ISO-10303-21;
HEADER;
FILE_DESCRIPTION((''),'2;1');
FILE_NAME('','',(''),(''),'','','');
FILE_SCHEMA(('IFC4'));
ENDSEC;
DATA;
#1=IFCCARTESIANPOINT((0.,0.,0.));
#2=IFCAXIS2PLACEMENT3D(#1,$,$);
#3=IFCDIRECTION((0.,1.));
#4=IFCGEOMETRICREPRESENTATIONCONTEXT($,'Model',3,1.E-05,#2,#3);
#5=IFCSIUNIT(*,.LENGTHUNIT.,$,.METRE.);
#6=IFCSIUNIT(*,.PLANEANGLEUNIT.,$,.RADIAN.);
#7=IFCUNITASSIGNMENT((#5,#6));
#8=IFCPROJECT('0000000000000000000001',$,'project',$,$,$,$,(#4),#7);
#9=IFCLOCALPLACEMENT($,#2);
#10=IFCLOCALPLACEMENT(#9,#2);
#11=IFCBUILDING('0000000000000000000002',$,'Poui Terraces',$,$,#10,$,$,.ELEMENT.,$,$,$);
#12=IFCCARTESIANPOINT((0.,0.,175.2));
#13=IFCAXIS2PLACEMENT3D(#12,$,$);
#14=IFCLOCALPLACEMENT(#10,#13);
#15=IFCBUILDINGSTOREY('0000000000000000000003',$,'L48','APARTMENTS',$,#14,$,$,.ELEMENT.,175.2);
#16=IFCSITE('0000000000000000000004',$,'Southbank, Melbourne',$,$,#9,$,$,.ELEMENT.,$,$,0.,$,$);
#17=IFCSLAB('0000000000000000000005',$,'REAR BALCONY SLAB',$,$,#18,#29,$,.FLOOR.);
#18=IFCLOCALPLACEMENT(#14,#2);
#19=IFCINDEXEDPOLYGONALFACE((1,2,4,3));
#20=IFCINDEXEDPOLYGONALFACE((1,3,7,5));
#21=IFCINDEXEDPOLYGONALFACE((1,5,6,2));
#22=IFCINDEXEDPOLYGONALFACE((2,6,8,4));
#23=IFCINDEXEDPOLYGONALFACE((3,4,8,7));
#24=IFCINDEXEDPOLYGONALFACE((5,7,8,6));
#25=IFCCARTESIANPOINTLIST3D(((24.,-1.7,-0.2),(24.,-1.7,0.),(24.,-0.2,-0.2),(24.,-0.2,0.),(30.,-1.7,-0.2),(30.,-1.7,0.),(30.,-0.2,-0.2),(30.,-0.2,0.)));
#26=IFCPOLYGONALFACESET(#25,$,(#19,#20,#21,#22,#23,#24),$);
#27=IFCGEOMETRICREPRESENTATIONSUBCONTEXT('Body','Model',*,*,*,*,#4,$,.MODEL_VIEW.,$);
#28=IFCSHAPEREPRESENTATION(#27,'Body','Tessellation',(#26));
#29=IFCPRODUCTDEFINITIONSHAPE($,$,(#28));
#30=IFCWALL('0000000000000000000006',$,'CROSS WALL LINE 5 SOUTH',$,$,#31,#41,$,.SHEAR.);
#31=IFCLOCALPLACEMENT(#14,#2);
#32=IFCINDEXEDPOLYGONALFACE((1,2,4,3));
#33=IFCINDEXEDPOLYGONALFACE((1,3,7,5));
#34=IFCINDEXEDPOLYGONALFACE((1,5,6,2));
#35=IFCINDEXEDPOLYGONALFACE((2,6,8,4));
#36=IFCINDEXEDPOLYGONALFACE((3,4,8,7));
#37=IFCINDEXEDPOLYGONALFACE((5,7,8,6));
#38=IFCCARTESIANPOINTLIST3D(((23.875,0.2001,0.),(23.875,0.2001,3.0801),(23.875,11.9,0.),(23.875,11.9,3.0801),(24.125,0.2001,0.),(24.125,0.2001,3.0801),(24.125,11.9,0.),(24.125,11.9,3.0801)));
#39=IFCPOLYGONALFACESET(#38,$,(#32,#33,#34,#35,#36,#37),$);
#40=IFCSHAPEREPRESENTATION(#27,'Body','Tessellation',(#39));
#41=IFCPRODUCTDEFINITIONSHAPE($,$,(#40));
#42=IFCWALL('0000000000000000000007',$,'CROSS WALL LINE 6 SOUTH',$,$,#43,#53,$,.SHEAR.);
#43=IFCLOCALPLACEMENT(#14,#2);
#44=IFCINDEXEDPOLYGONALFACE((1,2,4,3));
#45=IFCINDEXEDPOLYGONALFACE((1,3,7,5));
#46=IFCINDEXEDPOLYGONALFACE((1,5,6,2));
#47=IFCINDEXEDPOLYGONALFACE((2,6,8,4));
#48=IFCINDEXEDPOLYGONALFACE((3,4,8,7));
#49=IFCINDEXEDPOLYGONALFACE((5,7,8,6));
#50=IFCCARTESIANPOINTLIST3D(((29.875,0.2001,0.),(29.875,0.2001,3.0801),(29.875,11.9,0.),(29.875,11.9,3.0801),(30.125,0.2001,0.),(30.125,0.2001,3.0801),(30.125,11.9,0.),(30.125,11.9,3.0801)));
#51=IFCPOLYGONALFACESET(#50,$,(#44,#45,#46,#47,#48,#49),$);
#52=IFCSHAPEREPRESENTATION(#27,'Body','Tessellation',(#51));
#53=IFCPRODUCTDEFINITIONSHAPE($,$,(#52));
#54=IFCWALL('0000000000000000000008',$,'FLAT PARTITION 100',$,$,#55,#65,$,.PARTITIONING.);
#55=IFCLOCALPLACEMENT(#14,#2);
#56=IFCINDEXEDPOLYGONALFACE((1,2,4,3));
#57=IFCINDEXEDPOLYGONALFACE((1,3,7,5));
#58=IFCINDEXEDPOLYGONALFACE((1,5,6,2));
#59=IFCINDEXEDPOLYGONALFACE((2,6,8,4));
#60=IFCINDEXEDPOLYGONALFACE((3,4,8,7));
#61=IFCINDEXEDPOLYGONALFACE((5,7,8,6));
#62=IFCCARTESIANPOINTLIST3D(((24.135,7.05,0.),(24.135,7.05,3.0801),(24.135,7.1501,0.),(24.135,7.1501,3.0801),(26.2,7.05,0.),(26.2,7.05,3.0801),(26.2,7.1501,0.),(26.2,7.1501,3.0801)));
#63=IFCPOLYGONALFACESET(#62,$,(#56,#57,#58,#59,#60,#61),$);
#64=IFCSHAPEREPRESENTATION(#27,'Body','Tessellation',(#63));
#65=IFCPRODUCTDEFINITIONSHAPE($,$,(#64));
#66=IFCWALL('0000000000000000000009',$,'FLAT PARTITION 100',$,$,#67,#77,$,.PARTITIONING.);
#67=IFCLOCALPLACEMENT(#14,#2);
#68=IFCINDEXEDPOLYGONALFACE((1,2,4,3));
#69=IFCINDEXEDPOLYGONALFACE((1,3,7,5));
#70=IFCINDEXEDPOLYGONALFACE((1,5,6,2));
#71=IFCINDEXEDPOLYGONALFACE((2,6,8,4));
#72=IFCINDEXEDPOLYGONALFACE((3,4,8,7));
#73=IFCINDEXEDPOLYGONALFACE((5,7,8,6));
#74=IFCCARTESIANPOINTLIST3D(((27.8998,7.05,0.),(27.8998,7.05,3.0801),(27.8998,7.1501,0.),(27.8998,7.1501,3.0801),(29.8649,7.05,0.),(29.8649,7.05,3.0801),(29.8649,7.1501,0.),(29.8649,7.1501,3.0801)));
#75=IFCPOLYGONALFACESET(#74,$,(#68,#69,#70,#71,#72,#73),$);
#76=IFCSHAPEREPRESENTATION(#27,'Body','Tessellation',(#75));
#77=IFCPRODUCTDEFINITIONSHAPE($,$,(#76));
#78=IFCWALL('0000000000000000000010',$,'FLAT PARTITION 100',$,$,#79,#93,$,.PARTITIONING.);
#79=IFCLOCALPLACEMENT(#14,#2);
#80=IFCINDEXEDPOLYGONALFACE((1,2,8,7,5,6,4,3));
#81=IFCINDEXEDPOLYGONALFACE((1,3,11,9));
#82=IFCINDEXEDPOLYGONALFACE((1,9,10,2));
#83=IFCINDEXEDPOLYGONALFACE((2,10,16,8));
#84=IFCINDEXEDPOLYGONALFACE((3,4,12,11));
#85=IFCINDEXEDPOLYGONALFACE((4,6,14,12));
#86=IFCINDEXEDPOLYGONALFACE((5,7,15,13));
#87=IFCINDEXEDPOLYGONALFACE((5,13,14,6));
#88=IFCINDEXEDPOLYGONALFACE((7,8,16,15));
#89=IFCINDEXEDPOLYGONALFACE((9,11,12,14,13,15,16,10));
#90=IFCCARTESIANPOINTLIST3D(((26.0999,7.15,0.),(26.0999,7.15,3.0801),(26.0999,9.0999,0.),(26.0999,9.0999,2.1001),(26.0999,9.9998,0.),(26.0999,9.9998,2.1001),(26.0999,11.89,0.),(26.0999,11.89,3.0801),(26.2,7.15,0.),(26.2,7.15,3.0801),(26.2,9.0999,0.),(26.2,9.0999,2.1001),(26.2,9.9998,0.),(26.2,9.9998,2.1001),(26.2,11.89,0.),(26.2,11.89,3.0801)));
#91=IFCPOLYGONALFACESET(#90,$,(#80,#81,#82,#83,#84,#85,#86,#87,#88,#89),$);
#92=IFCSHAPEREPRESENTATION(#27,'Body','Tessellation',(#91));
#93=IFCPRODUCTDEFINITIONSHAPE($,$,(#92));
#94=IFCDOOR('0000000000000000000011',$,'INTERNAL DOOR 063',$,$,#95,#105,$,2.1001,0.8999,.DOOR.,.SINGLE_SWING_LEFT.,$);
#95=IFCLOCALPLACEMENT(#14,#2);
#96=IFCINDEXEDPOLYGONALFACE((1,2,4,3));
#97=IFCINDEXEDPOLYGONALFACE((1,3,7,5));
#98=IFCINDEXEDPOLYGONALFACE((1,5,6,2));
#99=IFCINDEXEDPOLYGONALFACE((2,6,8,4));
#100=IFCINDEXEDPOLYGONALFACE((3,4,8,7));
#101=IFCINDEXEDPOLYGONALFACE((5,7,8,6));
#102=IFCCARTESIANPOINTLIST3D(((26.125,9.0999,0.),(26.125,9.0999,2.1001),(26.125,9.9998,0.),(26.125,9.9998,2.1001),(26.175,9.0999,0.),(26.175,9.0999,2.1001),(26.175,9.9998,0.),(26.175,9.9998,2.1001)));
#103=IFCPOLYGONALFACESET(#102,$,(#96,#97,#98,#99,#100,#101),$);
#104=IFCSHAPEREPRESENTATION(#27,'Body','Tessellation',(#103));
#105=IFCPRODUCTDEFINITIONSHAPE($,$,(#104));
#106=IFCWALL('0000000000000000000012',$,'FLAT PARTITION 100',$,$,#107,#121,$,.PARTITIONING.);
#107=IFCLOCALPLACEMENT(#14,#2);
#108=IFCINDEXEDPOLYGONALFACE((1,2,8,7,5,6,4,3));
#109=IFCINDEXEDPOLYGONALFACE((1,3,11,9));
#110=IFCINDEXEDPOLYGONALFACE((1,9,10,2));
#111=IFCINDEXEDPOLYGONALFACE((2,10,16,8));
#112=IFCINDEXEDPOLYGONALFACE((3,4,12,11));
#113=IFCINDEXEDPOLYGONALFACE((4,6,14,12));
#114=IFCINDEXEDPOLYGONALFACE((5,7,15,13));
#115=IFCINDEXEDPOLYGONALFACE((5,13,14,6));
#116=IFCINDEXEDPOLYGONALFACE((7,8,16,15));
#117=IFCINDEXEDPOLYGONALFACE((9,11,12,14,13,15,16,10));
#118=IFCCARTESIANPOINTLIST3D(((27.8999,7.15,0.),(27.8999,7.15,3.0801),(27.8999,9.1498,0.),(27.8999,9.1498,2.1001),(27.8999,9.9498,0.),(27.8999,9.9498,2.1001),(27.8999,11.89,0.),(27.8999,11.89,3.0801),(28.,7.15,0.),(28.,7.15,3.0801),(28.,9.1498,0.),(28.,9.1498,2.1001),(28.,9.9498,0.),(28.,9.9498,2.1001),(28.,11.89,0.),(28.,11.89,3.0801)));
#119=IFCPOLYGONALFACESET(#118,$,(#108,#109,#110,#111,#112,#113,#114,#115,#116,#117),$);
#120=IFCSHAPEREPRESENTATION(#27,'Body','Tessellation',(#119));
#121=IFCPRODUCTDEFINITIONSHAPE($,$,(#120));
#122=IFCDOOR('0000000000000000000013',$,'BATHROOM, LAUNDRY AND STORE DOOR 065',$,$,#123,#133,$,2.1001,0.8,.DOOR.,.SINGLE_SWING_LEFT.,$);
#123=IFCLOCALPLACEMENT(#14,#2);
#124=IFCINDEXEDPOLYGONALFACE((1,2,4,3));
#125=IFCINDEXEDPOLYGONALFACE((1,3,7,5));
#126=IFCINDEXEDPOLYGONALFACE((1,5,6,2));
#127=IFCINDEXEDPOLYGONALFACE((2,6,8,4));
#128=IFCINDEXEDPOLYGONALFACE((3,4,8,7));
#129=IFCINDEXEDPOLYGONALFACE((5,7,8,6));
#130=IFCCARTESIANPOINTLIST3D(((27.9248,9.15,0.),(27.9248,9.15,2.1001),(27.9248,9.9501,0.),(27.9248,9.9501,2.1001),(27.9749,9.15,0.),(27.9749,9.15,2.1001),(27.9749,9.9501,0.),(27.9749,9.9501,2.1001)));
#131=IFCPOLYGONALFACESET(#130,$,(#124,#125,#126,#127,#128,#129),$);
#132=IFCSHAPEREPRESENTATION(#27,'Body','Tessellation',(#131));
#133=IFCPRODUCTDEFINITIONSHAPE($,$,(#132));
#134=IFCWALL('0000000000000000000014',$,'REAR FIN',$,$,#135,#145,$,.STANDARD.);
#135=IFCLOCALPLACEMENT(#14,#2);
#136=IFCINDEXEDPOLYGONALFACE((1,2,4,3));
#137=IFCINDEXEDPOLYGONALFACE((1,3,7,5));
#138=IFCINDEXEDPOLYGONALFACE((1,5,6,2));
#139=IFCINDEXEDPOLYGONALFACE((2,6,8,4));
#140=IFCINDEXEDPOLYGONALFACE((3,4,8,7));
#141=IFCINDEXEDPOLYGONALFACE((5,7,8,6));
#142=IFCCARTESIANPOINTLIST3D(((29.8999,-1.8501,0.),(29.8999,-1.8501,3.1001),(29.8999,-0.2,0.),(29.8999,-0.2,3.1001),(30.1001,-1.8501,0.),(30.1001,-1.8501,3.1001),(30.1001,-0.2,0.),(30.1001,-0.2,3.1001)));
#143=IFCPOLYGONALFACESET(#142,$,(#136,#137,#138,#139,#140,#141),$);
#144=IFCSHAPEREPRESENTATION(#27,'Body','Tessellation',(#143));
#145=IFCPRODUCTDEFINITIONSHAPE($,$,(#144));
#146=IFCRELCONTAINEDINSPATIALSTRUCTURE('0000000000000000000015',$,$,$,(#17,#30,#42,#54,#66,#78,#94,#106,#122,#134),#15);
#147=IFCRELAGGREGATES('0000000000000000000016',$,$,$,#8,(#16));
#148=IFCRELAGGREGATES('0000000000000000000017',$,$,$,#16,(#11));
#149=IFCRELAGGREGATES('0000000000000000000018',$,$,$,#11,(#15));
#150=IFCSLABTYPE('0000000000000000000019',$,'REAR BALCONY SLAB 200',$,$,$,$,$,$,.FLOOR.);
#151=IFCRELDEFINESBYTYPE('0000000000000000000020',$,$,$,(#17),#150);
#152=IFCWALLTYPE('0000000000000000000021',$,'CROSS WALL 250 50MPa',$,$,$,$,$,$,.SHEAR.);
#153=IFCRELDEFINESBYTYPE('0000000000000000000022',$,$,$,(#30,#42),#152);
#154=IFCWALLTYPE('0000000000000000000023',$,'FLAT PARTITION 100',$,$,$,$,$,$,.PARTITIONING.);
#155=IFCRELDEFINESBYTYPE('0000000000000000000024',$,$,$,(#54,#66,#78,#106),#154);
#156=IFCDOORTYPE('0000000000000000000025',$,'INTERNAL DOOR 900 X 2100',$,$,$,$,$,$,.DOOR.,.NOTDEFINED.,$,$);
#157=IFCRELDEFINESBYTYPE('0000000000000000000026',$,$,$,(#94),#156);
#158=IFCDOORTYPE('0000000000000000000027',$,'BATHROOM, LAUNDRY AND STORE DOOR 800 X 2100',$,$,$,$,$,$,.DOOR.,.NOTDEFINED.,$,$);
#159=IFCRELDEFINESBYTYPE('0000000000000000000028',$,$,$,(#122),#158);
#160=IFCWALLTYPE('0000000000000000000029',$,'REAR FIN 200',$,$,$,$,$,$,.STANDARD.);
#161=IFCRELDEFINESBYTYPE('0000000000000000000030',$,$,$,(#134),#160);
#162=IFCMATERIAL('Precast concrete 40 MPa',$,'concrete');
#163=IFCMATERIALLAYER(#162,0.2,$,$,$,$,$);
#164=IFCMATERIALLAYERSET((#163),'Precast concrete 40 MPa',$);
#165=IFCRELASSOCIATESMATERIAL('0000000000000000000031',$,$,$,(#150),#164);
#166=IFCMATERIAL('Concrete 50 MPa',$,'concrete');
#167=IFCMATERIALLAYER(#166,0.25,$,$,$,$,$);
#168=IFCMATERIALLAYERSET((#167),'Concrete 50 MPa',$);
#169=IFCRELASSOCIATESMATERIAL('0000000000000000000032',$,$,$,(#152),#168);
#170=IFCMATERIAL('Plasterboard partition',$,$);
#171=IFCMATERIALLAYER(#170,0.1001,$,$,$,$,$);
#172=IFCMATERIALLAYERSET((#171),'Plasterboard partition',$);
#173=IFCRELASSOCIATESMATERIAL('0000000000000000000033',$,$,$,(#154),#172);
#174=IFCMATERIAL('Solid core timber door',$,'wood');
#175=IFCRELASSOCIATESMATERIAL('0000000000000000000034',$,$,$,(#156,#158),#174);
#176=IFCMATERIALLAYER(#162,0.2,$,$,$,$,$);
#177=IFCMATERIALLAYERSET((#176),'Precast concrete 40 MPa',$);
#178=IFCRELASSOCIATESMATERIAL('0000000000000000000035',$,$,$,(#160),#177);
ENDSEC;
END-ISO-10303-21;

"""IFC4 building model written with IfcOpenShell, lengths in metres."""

from ifc_helpers import new_model, si_unit, direction, frame, frame_2d, origin, place, context, subcontext, project, spatial, polyline, rectangle, outline, extrude, source, transform, mapped, material, layer, layer_set, type_object, element, fill, save


model = new_model("IFC4")

# Units and contexts
model_context = context("Model", 3, precision=1e-05, world=origin(), true_north=direction((0.0, 1.0)))
body_context = subcontext(model_context, "Body", "Model", "MODEL_VIEW")
ifc_project = project(units=[si_unit("LENGTHUNIT", "METRE"), si_unit("PLANEANGLEUNIT", "RADIAN")], contexts=[model_context])

# Site, building, storey
site_placement = place(None, origin())
site = spatial("IfcSite", under=ifc_project, at=site_placement, Name="Southbank, Melbourne", CompositionType="ELEMENT", RefElevation=0.0)
building_placement = place(site_placement, origin())
building = spatial("IfcBuilding", under=site, at=building_placement, Name="Poui Terraces", CompositionType="ELEMENT")
storey_placement = place(building_placement, frame((0.0, 0.0, 175.2)))
storey = spatial("IfcBuildingStorey", under=building, at=storey_placement, Name="L48", Description="APARTMENTS", CompositionType="ELEMENT", Elevation=175.2)

# Slab
ifc_material_1 = material(Name="Precast concrete 40 MPa", Category="concrete")
ifc_layer_1 = layer(ifc_material_1, 0.2)
ifc_layer_set_1 = layer_set([ifc_layer_1], Name="Precast concrete 40 MPa")
slab_type = type_object("IfcSlabType", Name="REAR BALCONY SLAB 200", PredefinedType="FLOOR", material=ifc_layer_set_1)
shared_shape_1 = source(origin(), body_context, "Body", "SweptSolid", [
    extrude(outline(polyline([(0.0, 0.0), (6.0, 0.0), (6.0, 1.5), (0.0, 1.5), (0.0, 0.0)])), origin(), (0.0, 0.0, 1.0), 0.2),
])
slab_placement = place(storey_placement, frame((24.0, -1.7, -0.2)))
element("IfcSlab", 1, at=slab_placement, inside=storey, type_object=slab_type, Name="REAR BALCONY SLAB", PredefinedType="FLOOR", context=body_context, shape_type="MappedRepresentation", body=[
    mapped(shared_shape_1, transform((0.0, 0.0, 0.0))),
])

# Walls
ifc_material_2 = material(Name="Concrete 50 MPa", Category="concrete")
ifc_layer_2 = layer(ifc_material_2, 0.25)
ifc_layer_set_2 = layer_set([ifc_layer_2], Name="Concrete 50 MPa")
wall_type_1 = type_object("IfcWallType", Name="CROSS WALL 250 50MPa", PredefinedType="SHEAR", material=ifc_layer_set_2)
for number, where, z_axis, x_axis, name in (
    (2, (24.0, 0.2, 0.0), (0.0, 0.0, 1.0), (0.0, 1.0, 0.0), "CROSS WALL LINE 5 SOUTH"),
    (3, (30.0, 0.2, 0.0), (0.0, 0.0, 1.0), (0.0, 1.0, 0.0), "CROSS WALL LINE 6 SOUTH"),
):
    element("IfcWall", number, at=place(storey_placement, frame(where, z_axis=z_axis, x_axis=x_axis)), inside=storey, type_object=wall_type_1, Name=name, PredefinedType="SHEAR", context=body_context, shape_type="SweptSolid", body=[
        extrude(rectangle(XDim=11.7, YDim=0.25, at=frame_2d((5.8501, 0.0))), origin(), (0.0, 0.0, 1.0), 3.0801),
    ])
ifc_material_3 = material(Name="Plasterboard partition")
ifc_layer_3 = layer(ifc_material_3, 0.1001)
ifc_layer_set_3 = layer_set([ifc_layer_3], Name="Plasterboard partition")
wall_type_2 = type_object("IfcWallType", Name="FLAT PARTITION 100", PredefinedType="PARTITIONING", material=ifc_layer_set_3)
wall_1_placement = place(storey_placement, frame((24.135, 7.1001, 0.0), z_axis=(0.0, 0.0, 1.0), x_axis=(1.0, 0.0, 0.0)))
element("IfcWall", 4, at=wall_1_placement, inside=storey, type_object=wall_type_2, Name="FLAT PARTITION 100", PredefinedType="PARTITIONING", context=body_context, shape_type="SweptSolid", body=[
    extrude(rectangle(XDim=2.0649, YDim=0.1001, at=frame_2d((1.0325, 0.0))), origin(), (0.0, 0.0, 1.0), 3.0801),
])
wall_2_placement = place(storey_placement, frame((27.8999, 7.1001, 0.0), z_axis=(0.0, 0.0, 1.0), x_axis=(1.0, 0.0, 0.0)))
element("IfcWall", 5, at=wall_2_placement, inside=storey, type_object=wall_type_2, Name="FLAT PARTITION 100", PredefinedType="PARTITIONING", context=body_context, shape_type="SweptSolid", body=[
    extrude(rectangle(XDim=1.9651, YDim=0.1001, at=frame_2d((0.9824, 0.0))), origin(), (0.0, 0.0, 1.0), 3.0801),
])

# Walls, openings, doors
wall_3_placement = place(storey_placement, frame((26.1499, 7.1499, 0.0), z_axis=(0.0, 0.0, 1.0), x_axis=(0.0, 1.0, 0.0)))
wall_3 = element("IfcWall", 6, at=wall_3_placement, inside=storey, type_object=wall_type_2, Name="FLAT PARTITION 100", PredefinedType="PARTITIONING", context=body_context, shape_type="SweptSolid", body=[
    extrude(rectangle(XDim=4.74, YDim=0.1001, at=frame_2d((2.3701, 0.0))), origin(), (0.0, 0.0, 1.0), 3.0801),
])
opening_1_placement = place(wall_3_placement, frame((1.95, 0.0, 0.0)))
opening_1 = element("IfcOpeningElement", 7, at=opening_1_placement, cuts=wall_3, PredefinedType="OPENING", context=body_context, shape_type="SweptSolid", body=[
    extrude(rectangle(XDim=0.8999, YDim=2.1001, at=frame_2d((0.45, 1.05))), frame((0.0, 0.0601, 0.0), z_axis=(0.0, -1.0, 0.0), x_axis=(1.0, 0.0, 0.0)), (0.0, 0.0, 1.0), 0.1201),
])
ifc_material_4 = material(Name="Solid core timber door", Category="wood")
door_type_1 = type_object("IfcDoorType", Name="INTERNAL DOOR 900 X 2100", OperationType="NOTDEFINED", PredefinedType="DOOR", material=ifc_material_4)
door_1_placement = place(opening_1_placement, origin())
door_1 = element("IfcDoor", 8, at=door_1_placement, inside=storey, type_object=door_type_1, Name="INTERNAL DOOR 063", OperationType="SINGLE_SWING_LEFT", OverallHeight=2.1001, OverallWidth=0.8999, PredefinedType="DOOR", context=body_context, shape_type="SweptSolid", body=[
    extrude(rectangle(XDim=0.8999, YDim=2.1001, at=frame_2d((0.45, 1.05))), frame((0.0, 0.0249, 0.0), z_axis=(0.0, -1.0, 0.0), x_axis=(1.0, 0.0, 0.0)), (0.0, 0.0, 1.0), 0.05),
])
fill(opening_1, door_1)
wall_4_placement = place(storey_placement, frame((27.95, 7.1499, 0.0), z_axis=(0.0, 0.0, 1.0), x_axis=(0.0, 1.0, 0.0)))
wall_4 = element("IfcWall", 9, at=wall_4_placement, inside=storey, type_object=wall_type_2, Name="FLAT PARTITION 100", PredefinedType="PARTITIONING", context=body_context, shape_type="SweptSolid", body=[
    extrude(rectangle(XDim=4.74, YDim=0.1001, at=frame_2d((2.3701, 0.0))), origin(), (0.0, 0.0, 1.0), 3.0801),
])
opening_2_placement = place(wall_4_placement, frame((2.0, 0.0, 0.0)))
opening_2 = element("IfcOpeningElement", 10, at=opening_2_placement, cuts=wall_4, PredefinedType="OPENING", context=body_context, shape_type="SweptSolid", body=[
    extrude(rectangle(XDim=0.8, YDim=2.1001, at=frame_2d((0.3999, 1.05))), frame((0.0, 0.0601, 0.0), z_axis=(0.0, -1.0, 0.0), x_axis=(1.0, 0.0, 0.0)), (0.0, 0.0, 1.0), 0.1201),
])
door_type_2 = type_object("IfcDoorType", Name="BATHROOM, LAUNDRY AND STORE DOOR 800 X 2100", OperationType="NOTDEFINED", PredefinedType="DOOR", material=ifc_material_4)
door_2_placement = place(opening_2_placement, frame((0.8, 0.0, 0.0), z_axis=(0.0, 0.0, 1.0), x_axis=(-1.0, 0.0, 0.0)))
door_2 = element("IfcDoor", 11, at=door_2_placement, inside=storey, type_object=door_type_2, Name="BATHROOM, LAUNDRY AND STORE DOOR 065", OperationType="SINGLE_SWING_LEFT", OverallHeight=2.1001, OverallWidth=0.8, PredefinedType="DOOR", context=body_context, shape_type="SweptSolid", body=[
    extrude(rectangle(XDim=0.8, YDim=2.1001, at=frame_2d((0.3999, 1.05))), frame((0.0, 0.0249, 0.0), z_axis=(0.0, -1.0, 0.0), x_axis=(1.0, 0.0, 0.0)), (0.0, 0.0, 1.0), 0.05),
])
fill(opening_2, door_2)

# Wall
ifc_layer_4 = layer(ifc_material_1, 0.2)
ifc_layer_set_4 = layer_set([ifc_layer_4], Name="Precast concrete 40 MPa")
wall_type_3 = type_object("IfcWallType", Name="REAR FIN 200", PredefinedType="STANDARD", material=ifc_layer_set_4)
shared_shape_2 = source(origin(), body_context, "Body", "SweptSolid", [
    extrude(outline(polyline([(0.0, 0.0), (0.2002, 0.0), (0.2002, 1.6501), (0.0, 1.6501), (0.0, 0.0)])), origin(), (0.0, 0.0, 1.0), 3.1001),
])
wall_5_placement = place(storey_placement, frame((29.8999, -1.8501, 0.0)))
element("IfcWall", 12, at=wall_5_placement, inside=storey, type_object=wall_type_3, Name="REAR FIN", PredefinedType="STANDARD", context=body_context, shape_type="MappedRepresentation", body=[
    mapped(shared_shape_2, transform((0.0, 0.0, 0.0))),
])

save(model, "model.ifc")
